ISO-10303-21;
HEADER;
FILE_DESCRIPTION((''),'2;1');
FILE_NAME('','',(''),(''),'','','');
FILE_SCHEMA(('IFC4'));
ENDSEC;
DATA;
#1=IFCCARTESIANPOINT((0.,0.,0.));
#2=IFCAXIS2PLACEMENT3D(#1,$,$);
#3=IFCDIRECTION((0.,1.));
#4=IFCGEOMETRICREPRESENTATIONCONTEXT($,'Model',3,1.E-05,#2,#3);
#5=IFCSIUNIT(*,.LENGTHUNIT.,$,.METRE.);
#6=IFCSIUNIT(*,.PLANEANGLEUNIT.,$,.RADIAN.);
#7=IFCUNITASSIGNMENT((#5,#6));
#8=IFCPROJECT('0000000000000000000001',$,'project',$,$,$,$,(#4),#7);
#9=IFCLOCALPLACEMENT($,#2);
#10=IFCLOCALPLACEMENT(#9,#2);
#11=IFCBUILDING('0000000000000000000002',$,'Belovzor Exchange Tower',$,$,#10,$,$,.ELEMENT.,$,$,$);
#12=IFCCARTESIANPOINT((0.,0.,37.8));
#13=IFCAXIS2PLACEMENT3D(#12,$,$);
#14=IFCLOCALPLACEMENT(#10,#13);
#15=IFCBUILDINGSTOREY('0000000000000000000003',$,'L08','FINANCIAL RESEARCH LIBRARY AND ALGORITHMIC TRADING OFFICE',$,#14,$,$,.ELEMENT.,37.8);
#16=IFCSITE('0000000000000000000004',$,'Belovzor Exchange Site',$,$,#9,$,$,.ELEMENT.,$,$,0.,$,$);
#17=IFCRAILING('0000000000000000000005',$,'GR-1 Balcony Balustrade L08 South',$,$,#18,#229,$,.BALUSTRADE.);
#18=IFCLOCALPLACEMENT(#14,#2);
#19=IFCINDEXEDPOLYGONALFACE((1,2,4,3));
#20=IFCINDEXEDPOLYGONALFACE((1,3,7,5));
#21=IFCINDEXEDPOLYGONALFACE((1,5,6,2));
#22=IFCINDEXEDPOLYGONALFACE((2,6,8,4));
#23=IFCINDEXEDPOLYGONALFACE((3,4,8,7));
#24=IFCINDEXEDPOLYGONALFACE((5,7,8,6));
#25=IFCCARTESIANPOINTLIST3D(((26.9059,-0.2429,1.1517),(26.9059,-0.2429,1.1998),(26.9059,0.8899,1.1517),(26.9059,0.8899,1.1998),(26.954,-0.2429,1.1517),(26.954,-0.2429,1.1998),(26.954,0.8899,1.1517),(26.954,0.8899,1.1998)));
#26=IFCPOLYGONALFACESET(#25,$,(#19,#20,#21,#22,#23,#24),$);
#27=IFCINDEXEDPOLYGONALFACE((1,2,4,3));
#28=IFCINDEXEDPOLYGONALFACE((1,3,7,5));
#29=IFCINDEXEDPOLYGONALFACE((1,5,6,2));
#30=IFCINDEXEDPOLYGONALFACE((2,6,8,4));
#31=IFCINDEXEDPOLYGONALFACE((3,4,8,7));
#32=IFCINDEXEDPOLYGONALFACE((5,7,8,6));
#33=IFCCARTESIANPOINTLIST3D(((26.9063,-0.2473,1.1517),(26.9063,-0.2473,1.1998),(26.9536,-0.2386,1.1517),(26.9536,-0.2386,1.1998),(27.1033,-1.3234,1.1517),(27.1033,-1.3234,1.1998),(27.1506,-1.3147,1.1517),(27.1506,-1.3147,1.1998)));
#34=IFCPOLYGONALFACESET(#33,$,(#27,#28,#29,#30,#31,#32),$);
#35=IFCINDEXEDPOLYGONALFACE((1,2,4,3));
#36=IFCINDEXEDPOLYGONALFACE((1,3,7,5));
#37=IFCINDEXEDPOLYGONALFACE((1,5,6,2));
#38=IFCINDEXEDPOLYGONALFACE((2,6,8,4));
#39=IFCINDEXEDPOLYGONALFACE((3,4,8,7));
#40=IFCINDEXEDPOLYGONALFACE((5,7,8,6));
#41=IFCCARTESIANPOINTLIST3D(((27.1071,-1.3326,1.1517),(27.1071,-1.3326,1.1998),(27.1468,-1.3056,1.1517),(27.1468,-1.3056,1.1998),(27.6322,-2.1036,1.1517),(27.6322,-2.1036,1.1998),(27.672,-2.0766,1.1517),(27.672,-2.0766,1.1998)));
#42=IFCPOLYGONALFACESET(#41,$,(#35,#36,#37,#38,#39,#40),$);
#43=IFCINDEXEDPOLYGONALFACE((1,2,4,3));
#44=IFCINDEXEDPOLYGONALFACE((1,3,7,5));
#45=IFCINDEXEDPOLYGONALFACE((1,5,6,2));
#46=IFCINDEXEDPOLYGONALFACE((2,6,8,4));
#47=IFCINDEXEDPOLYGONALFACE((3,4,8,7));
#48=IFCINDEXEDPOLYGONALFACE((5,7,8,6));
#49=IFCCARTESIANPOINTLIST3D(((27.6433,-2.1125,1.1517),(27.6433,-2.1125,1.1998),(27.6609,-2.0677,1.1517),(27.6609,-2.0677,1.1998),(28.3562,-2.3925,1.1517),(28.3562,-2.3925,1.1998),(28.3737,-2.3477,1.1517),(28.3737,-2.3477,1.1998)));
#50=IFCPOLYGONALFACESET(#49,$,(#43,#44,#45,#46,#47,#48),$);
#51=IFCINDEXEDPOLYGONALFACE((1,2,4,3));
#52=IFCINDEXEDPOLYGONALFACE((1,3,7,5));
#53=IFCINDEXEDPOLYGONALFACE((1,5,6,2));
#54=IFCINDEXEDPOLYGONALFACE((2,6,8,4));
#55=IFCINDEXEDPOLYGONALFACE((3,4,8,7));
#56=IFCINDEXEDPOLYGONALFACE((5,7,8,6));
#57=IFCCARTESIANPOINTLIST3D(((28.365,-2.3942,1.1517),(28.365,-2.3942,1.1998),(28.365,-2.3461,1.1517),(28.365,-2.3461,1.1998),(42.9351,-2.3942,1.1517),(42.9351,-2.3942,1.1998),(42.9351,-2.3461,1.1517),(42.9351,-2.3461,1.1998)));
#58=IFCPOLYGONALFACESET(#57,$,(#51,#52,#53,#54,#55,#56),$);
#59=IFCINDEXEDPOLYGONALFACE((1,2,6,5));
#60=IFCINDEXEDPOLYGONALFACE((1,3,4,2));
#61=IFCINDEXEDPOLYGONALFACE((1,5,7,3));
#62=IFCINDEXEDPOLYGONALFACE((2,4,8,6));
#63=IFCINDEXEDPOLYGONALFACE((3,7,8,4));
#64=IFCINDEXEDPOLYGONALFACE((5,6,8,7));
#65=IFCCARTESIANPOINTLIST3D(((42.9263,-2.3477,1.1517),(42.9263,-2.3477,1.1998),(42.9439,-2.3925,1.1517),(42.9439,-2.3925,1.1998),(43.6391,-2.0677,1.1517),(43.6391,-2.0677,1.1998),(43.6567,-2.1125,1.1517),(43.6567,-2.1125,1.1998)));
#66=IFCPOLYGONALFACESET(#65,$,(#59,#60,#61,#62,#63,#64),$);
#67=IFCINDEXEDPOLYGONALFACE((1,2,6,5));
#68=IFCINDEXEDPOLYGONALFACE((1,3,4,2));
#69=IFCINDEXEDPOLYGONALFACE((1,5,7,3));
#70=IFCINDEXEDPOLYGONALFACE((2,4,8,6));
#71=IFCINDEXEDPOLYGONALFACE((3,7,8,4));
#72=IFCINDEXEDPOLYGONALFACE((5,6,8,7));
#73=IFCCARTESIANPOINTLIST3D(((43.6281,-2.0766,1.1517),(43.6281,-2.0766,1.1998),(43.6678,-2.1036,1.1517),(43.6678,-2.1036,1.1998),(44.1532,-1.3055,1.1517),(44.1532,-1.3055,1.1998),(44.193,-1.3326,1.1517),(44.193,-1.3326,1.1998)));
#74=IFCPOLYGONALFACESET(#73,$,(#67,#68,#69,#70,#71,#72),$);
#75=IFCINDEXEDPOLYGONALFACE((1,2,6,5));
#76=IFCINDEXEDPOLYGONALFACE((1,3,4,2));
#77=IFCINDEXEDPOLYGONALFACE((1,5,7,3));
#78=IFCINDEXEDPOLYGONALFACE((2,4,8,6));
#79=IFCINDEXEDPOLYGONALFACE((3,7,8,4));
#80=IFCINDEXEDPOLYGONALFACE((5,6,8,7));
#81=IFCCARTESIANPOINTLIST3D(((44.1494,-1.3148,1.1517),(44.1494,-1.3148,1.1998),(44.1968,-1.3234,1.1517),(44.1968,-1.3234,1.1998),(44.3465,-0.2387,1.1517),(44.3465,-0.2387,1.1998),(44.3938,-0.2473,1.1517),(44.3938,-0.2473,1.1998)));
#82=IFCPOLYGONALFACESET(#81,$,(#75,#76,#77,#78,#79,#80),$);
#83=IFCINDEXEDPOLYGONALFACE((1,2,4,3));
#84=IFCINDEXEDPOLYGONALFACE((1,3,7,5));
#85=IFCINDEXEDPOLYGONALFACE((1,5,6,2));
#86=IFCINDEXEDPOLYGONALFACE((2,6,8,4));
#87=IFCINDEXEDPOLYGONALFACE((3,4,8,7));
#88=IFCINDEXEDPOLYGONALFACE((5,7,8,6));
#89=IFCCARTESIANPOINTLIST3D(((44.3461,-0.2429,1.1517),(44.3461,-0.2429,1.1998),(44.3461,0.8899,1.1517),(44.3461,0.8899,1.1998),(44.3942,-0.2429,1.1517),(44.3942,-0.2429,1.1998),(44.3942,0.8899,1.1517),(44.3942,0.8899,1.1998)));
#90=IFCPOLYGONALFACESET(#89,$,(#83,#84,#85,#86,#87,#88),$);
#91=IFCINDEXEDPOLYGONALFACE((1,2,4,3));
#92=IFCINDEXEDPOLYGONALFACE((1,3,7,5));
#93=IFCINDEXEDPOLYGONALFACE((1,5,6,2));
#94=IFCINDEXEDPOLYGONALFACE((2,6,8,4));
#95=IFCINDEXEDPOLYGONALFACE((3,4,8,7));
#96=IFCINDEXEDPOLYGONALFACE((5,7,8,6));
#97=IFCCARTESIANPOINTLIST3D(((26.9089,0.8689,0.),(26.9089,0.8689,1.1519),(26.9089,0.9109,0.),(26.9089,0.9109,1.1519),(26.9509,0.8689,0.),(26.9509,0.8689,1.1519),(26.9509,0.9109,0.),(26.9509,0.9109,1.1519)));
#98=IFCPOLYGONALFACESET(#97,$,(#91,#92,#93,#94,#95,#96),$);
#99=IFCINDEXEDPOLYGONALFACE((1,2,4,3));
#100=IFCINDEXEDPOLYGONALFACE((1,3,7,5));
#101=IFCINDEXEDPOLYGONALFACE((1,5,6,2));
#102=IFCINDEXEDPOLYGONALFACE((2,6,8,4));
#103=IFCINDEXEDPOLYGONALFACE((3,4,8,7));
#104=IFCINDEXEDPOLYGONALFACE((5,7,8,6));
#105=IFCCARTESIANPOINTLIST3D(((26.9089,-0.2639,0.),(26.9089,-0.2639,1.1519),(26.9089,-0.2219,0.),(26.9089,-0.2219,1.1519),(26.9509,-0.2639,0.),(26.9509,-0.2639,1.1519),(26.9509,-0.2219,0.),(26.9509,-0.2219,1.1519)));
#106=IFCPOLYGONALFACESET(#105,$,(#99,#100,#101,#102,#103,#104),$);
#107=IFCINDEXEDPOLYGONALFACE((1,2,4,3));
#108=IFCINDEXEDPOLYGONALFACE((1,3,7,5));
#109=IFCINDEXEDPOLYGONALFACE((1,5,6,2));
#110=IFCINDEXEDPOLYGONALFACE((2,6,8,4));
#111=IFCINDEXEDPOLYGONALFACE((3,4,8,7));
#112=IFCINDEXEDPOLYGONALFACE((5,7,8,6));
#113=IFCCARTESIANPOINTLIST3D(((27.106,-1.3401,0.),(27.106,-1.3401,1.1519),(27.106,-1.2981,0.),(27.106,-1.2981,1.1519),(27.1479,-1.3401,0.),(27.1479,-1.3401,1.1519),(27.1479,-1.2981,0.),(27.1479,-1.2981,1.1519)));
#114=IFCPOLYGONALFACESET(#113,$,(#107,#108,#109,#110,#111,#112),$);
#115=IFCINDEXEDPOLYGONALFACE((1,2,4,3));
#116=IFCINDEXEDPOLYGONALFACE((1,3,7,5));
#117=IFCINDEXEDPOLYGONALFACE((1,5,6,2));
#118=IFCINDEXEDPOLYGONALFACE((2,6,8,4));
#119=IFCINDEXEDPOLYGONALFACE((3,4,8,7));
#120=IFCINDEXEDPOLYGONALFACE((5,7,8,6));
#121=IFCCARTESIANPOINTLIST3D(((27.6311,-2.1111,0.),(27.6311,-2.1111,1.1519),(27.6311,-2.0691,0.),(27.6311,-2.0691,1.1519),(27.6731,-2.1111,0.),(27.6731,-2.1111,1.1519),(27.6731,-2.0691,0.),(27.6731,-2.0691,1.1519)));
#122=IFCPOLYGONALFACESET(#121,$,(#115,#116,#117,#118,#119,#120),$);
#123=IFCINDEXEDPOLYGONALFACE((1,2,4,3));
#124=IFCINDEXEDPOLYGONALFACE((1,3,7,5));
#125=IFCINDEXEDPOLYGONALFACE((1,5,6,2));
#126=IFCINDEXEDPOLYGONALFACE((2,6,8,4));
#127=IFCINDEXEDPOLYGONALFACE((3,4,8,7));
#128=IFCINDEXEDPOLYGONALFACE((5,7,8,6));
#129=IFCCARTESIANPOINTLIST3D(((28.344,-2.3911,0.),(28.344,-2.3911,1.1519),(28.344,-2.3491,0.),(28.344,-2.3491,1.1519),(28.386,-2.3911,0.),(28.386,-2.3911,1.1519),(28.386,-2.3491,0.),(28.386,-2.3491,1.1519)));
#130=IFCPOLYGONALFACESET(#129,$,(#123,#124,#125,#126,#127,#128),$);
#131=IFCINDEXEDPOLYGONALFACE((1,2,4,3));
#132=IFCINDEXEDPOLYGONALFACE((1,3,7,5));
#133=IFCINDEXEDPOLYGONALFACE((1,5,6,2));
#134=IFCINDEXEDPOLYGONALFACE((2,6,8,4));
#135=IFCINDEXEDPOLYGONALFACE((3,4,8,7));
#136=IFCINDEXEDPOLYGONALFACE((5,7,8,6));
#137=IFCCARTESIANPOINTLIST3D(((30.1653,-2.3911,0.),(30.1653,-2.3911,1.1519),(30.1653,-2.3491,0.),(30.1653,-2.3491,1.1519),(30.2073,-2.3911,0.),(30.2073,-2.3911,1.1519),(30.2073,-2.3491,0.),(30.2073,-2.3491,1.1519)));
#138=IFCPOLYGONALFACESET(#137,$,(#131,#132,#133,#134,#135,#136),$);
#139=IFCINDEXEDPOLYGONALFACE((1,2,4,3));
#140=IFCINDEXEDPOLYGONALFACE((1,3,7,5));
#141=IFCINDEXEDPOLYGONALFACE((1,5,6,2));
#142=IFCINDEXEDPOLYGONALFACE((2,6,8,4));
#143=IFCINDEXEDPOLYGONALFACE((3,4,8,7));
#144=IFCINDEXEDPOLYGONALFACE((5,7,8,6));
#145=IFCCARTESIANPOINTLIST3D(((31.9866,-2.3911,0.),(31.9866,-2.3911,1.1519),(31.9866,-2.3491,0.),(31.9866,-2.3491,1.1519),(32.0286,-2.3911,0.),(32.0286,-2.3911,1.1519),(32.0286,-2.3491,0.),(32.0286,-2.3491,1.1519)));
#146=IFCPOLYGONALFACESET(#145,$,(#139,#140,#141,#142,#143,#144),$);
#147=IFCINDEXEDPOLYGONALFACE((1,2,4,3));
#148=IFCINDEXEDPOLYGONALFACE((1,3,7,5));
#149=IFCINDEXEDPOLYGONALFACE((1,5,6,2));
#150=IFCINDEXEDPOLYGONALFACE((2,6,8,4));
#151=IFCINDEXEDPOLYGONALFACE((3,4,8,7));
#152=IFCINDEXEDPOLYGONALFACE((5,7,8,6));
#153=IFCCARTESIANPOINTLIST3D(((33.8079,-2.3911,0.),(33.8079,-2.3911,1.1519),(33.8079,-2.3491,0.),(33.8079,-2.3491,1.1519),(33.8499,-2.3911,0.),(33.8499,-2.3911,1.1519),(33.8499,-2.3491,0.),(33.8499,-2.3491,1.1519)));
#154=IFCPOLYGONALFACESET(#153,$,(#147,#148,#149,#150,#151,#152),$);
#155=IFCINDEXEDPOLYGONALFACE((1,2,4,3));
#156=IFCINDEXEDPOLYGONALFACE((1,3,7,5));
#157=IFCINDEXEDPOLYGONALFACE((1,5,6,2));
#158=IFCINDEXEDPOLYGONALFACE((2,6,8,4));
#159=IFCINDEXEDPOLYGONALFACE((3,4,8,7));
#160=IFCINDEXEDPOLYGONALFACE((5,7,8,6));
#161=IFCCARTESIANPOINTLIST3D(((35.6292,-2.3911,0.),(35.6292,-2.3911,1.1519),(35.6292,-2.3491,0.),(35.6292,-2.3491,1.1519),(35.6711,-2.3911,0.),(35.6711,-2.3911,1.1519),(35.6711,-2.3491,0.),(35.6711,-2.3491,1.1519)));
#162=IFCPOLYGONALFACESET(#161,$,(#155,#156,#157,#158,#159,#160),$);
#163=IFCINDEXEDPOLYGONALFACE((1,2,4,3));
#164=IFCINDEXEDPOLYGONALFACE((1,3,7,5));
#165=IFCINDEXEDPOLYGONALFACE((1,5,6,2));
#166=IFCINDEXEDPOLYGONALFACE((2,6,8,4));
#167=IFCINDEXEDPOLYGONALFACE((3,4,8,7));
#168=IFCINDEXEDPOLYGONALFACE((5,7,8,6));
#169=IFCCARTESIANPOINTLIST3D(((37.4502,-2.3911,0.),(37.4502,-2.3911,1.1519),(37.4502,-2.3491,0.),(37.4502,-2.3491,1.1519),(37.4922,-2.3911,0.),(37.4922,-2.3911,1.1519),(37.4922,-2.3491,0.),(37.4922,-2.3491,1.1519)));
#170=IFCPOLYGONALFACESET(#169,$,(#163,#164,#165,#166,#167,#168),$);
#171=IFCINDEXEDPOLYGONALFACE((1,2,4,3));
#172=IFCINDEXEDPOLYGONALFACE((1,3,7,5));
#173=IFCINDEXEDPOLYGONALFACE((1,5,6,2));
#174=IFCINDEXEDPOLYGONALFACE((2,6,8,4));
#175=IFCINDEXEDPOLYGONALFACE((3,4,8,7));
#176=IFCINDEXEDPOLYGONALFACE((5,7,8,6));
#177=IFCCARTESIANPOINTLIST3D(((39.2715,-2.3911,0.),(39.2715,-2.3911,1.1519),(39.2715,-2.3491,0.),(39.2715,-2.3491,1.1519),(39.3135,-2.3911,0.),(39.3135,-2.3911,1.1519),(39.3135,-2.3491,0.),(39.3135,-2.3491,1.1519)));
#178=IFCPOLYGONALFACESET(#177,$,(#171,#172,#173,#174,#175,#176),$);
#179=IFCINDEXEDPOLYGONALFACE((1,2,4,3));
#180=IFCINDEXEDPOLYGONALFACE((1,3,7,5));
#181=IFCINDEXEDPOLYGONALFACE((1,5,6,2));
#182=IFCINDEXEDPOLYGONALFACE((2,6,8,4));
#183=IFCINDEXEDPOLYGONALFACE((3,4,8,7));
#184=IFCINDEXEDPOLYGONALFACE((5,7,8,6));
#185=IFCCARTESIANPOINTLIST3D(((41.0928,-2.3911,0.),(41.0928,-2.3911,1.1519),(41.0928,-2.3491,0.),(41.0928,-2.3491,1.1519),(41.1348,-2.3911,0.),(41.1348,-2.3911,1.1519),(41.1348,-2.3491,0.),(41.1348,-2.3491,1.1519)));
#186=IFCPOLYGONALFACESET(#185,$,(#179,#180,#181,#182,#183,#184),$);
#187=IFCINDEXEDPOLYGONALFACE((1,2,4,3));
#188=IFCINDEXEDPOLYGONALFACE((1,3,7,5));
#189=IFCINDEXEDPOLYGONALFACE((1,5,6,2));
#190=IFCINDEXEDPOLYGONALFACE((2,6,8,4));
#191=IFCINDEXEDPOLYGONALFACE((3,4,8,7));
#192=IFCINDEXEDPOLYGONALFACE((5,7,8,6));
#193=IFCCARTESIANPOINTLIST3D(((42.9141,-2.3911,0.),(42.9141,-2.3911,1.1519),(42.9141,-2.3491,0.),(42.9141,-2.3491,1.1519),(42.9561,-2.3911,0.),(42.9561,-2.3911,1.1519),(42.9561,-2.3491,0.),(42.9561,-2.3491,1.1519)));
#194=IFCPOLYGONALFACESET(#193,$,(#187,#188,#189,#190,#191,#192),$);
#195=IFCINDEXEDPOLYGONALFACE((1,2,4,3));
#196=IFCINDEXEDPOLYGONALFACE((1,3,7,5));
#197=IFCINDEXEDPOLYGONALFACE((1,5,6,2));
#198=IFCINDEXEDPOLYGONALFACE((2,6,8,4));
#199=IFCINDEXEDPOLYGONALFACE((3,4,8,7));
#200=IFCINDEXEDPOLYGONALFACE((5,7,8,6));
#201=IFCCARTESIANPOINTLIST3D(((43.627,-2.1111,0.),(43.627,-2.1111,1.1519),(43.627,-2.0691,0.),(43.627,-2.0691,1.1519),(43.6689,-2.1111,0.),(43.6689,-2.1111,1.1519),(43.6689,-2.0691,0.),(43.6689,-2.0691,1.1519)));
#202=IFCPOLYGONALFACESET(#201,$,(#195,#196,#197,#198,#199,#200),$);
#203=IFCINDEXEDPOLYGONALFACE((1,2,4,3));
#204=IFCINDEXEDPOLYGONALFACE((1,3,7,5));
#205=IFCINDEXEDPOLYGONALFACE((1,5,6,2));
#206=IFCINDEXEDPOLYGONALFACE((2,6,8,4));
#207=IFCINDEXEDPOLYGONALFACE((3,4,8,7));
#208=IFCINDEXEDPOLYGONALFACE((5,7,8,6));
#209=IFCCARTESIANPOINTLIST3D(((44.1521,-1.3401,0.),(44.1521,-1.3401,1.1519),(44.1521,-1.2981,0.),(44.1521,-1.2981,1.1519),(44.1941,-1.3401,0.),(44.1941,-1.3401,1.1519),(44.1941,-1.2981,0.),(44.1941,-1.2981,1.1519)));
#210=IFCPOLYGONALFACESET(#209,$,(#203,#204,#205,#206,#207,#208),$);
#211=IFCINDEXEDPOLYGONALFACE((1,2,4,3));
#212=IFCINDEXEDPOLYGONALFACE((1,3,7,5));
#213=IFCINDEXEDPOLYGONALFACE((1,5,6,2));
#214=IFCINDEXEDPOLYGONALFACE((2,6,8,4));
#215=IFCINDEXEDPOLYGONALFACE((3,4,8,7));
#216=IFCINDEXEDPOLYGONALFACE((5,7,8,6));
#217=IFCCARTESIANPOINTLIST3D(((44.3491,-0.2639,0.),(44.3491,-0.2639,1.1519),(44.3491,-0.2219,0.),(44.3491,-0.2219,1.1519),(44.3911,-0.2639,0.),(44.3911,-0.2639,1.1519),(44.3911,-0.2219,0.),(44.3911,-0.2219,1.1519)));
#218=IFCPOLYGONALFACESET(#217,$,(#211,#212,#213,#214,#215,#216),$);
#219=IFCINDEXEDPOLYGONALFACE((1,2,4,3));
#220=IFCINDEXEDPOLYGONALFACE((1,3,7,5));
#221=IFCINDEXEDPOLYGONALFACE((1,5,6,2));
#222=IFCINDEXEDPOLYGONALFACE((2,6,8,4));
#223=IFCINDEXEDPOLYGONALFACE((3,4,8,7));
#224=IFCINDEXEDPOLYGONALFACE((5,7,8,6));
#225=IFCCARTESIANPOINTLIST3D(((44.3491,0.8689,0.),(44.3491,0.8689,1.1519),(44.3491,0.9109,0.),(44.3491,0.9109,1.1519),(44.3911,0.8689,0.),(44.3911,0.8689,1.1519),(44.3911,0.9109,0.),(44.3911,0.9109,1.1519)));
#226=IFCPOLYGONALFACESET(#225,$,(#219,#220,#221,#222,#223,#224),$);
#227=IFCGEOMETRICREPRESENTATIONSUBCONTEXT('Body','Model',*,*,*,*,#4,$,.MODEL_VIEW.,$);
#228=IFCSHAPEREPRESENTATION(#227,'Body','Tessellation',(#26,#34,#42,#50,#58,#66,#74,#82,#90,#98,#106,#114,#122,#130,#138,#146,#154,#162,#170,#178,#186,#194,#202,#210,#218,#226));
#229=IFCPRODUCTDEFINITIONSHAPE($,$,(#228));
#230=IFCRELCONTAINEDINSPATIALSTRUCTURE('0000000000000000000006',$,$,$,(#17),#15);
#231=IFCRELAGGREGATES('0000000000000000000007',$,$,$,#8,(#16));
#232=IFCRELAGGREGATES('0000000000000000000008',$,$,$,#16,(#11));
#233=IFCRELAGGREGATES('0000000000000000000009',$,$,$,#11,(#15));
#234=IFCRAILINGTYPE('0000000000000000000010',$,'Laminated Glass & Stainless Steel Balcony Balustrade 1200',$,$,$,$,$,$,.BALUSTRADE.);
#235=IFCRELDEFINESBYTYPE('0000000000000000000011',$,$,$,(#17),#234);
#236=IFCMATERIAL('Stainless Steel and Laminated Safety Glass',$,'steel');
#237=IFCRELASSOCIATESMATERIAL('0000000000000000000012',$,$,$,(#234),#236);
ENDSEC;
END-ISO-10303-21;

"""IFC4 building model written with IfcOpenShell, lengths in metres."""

from ifc_helpers import new_model, si_unit, direction, frame, origin, origin_2d, place, context, subcontext, project, spatial, rectangle, extrude, material, type_object, element, save


model = new_model("IFC4")

# Units and contexts
model_context = context("Model", 3, precision=1e-05, world=origin(), true_north=direction((0.0, 1.0)))
body_context = subcontext(model_context, "Body", "Model", "MODEL_VIEW")
ifc_project = project(units=[si_unit("LENGTHUNIT", "METRE"), si_unit("PLANEANGLEUNIT", "RADIAN")], contexts=[model_context])

# Site, building, storey
site_placement = place(None, origin())
site = spatial("IfcSite", under=ifc_project, at=site_placement, Name="Belovzor Exchange Site", CompositionType="ELEMENT", RefElevation=0.0)
building_placement = place(site_placement, origin())
building = spatial("IfcBuilding", under=site, at=building_placement, Name="Belovzor Exchange Tower", CompositionType="ELEMENT")
storey_placement = place(building_placement, frame((0.0, 0.0, 37.8)))
storey = spatial("IfcBuildingStorey", under=building, at=storey_placement, Name="L08", Description="FINANCIAL RESEARCH LIBRARY AND ALGORITHMIC TRADING OFFICE", CompositionType="ELEMENT", Elevation=37.8)

# Railing
ifc_material_1 = material(Name="Stainless Steel and Laminated Safety Glass", Category="steel")
railing_type = type_object("IfcRailingType", Name="Laminated Glass & Stainless Steel Balcony Balustrade 1200", PredefinedType="BALUSTRADE", material=ifc_material_1)
railing_placement = place(storey_placement, frame((26.9299, 0.8899, 0.0)))
element("IfcRailing", 1, at=railing_placement, inside=storey, type_object=railing_type, Name="GR-1 Balcony Balustrade L08 South", PredefinedType="BALUSTRADE", context=body_context, shape_type="SweptSolid", body=[
    extrude(rectangle(XDim=0.0481, YDim=0.0481, at=origin_2d()), frame((0.0, 0.0, 1.1758), z_axis=(0.0, -1.0, 0.0), x_axis=(1.0, 0.0, 0.0)), (0.0, 0.0, 1.0), 1.1328),
    extrude(rectangle(XDim=0.0481, YDim=0.0481, at=origin_2d()), frame((0.0, -1.1328, 1.1758), z_axis=(0.180083, -0.983651, 0.0), x_axis=(0.983651, 0.180083, 0.0)), (0.0, 0.0, 1.0), 1.094),
    extrude(rectangle(XDim=0.0481, YDim=0.0481, at=origin_2d()), frame((0.197, -2.209, 1.1758), z_axis=(0.562947, -0.826493, 0.0), x_axis=(0.826493, 0.562947, 0.0)), (0.0, 0.0, 1.0), 0.9329),
    extrude(rectangle(XDim=0.0481, YDim=0.0481, at=origin_2d()), frame((0.7222, -2.98, 1.1758), z_axis=(0.930767, -0.365613, 0.0), x_axis=(0.365613, 0.930767, 0.0)), (0.0, 0.0, 1.0), 0.7659),
    extrude(rectangle(XDim=0.0481, YDim=0.0481, at=origin_2d()), frame((1.4351, -3.26, 1.1758), z_axis=(1.0, 0.0, 0.0), x_axis=(0.0, 1.0, 0.0)), (0.0, 0.0, 1.0), 14.5701),
    extrude(rectangle(XDim=0.0481, YDim=0.0481, at=origin_2d()), frame((16.0051, -3.26, 1.1758), z_axis=(0.930767, 0.365613, 0.0), x_axis=(-0.365613, 0.930767, 0.0)), (0.0, 0.0, 1.0), 0.7659),
    extrude(rectangle(XDim=0.0481, YDim=0.0481, at=origin_2d()), frame((16.718, -2.98, 1.1758), z_axis=(0.562947, 0.826493, 0.0), x_axis=(-0.826493, 0.562947, 0.0)), (0.0, 0.0, 1.0), 0.9329),
    extrude(rectangle(XDim=0.0481, YDim=0.0481, at=origin_2d()), frame((17.2432, -2.209, 1.1758), z_axis=(0.180083, 0.983651, 0.0), x_axis=(-0.983651, 0.180083, 0.0)), (0.0, 0.0, 1.0), 1.094),
    extrude(rectangle(XDim=0.0481, YDim=0.0481, at=origin_2d()), frame((17.4402, -1.1328, 1.1758), z_axis=(0.0, 1.0, 0.0), x_axis=(-1.0, 0.0, 0.0)), (0.0, 0.0, 1.0), 1.1328),
    extrude(rectangle(XDim=0.042, YDim=0.042, at=origin_2d()), origin(), (0.0, 0.0, 1.0), 1.1519),
    extrude(rectangle(XDim=0.042, YDim=0.042, at=origin_2d()), frame((0.0, -1.1328, 0.0)), (0.0, 0.0, 1.0), 1.1519),
    extrude(rectangle(XDim=0.042, YDim=0.042, at=origin_2d()), frame((0.197, -2.209, 0.0)), (0.0, 0.0, 1.0), 1.1519),
    extrude(rectangle(XDim=0.042, YDim=0.042, at=origin_2d()), frame((0.7222, -2.98, 0.0)), (0.0, 0.0, 1.0), 1.1519),
    extrude(rectangle(XDim=0.042, YDim=0.042, at=origin_2d()), frame((1.4351, -3.26, 0.0)), (0.0, 0.0, 1.0), 1.1519),
    extrude(rectangle(XDim=0.042, YDim=0.042, at=origin_2d()), frame((3.2563, -3.26, 0.0)), (0.0, 0.0, 1.0), 1.1519),
    extrude(rectangle(XDim=0.042, YDim=0.042, at=origin_2d()), frame((5.0776, -3.26, 0.0)), (0.0, 0.0, 1.0), 1.1519),
    extrude(rectangle(XDim=0.042, YDim=0.042, at=origin_2d()), frame((6.8989, -3.26, 0.0)), (0.0, 0.0, 1.0), 1.1519),
    extrude(rectangle(XDim=0.042, YDim=0.042, at=origin_2d()), frame((8.7202, -3.26, 0.0)), (0.0, 0.0, 1.0), 1.1519),
    extrude(rectangle(XDim=0.042, YDim=0.042, at=origin_2d()), frame((10.5413, -3.26, 0.0)), (0.0, 0.0, 1.0), 1.1519),
    extrude(rectangle(XDim=0.042, YDim=0.042, at=origin_2d()), frame((12.3625, -3.26, 0.0)), (0.0, 0.0, 1.0), 1.1519),
    extrude(rectangle(XDim=0.042, YDim=0.042, at=origin_2d()), frame((14.1838, -3.26, 0.0)), (0.0, 0.0, 1.0), 1.1519),
    extrude(rectangle(XDim=0.042, YDim=0.042, at=origin_2d()), frame((16.0051, -3.26, 0.0)), (0.0, 0.0, 1.0), 1.1519),
    extrude(rectangle(XDim=0.042, YDim=0.042, at=origin_2d()), frame((16.718, -2.98, 0.0)), (0.0, 0.0, 1.0), 1.1519),
    extrude(rectangle(XDim=0.042, YDim=0.042, at=origin_2d()), frame((17.2432, -2.209, 0.0)), (0.0, 0.0, 1.0), 1.1519),
    extrude(rectangle(XDim=0.042, YDim=0.042, at=origin_2d()), frame((17.4402, -1.1328, 0.0)), (0.0, 0.0, 1.0), 1.1519),
    extrude(rectangle(XDim=0.042, YDim=0.042, at=origin_2d()), frame((17.4402, 0.0, 0.0)), (0.0, 0.0, 1.0), 1.1519),
])

save(model, "model.ifc")
